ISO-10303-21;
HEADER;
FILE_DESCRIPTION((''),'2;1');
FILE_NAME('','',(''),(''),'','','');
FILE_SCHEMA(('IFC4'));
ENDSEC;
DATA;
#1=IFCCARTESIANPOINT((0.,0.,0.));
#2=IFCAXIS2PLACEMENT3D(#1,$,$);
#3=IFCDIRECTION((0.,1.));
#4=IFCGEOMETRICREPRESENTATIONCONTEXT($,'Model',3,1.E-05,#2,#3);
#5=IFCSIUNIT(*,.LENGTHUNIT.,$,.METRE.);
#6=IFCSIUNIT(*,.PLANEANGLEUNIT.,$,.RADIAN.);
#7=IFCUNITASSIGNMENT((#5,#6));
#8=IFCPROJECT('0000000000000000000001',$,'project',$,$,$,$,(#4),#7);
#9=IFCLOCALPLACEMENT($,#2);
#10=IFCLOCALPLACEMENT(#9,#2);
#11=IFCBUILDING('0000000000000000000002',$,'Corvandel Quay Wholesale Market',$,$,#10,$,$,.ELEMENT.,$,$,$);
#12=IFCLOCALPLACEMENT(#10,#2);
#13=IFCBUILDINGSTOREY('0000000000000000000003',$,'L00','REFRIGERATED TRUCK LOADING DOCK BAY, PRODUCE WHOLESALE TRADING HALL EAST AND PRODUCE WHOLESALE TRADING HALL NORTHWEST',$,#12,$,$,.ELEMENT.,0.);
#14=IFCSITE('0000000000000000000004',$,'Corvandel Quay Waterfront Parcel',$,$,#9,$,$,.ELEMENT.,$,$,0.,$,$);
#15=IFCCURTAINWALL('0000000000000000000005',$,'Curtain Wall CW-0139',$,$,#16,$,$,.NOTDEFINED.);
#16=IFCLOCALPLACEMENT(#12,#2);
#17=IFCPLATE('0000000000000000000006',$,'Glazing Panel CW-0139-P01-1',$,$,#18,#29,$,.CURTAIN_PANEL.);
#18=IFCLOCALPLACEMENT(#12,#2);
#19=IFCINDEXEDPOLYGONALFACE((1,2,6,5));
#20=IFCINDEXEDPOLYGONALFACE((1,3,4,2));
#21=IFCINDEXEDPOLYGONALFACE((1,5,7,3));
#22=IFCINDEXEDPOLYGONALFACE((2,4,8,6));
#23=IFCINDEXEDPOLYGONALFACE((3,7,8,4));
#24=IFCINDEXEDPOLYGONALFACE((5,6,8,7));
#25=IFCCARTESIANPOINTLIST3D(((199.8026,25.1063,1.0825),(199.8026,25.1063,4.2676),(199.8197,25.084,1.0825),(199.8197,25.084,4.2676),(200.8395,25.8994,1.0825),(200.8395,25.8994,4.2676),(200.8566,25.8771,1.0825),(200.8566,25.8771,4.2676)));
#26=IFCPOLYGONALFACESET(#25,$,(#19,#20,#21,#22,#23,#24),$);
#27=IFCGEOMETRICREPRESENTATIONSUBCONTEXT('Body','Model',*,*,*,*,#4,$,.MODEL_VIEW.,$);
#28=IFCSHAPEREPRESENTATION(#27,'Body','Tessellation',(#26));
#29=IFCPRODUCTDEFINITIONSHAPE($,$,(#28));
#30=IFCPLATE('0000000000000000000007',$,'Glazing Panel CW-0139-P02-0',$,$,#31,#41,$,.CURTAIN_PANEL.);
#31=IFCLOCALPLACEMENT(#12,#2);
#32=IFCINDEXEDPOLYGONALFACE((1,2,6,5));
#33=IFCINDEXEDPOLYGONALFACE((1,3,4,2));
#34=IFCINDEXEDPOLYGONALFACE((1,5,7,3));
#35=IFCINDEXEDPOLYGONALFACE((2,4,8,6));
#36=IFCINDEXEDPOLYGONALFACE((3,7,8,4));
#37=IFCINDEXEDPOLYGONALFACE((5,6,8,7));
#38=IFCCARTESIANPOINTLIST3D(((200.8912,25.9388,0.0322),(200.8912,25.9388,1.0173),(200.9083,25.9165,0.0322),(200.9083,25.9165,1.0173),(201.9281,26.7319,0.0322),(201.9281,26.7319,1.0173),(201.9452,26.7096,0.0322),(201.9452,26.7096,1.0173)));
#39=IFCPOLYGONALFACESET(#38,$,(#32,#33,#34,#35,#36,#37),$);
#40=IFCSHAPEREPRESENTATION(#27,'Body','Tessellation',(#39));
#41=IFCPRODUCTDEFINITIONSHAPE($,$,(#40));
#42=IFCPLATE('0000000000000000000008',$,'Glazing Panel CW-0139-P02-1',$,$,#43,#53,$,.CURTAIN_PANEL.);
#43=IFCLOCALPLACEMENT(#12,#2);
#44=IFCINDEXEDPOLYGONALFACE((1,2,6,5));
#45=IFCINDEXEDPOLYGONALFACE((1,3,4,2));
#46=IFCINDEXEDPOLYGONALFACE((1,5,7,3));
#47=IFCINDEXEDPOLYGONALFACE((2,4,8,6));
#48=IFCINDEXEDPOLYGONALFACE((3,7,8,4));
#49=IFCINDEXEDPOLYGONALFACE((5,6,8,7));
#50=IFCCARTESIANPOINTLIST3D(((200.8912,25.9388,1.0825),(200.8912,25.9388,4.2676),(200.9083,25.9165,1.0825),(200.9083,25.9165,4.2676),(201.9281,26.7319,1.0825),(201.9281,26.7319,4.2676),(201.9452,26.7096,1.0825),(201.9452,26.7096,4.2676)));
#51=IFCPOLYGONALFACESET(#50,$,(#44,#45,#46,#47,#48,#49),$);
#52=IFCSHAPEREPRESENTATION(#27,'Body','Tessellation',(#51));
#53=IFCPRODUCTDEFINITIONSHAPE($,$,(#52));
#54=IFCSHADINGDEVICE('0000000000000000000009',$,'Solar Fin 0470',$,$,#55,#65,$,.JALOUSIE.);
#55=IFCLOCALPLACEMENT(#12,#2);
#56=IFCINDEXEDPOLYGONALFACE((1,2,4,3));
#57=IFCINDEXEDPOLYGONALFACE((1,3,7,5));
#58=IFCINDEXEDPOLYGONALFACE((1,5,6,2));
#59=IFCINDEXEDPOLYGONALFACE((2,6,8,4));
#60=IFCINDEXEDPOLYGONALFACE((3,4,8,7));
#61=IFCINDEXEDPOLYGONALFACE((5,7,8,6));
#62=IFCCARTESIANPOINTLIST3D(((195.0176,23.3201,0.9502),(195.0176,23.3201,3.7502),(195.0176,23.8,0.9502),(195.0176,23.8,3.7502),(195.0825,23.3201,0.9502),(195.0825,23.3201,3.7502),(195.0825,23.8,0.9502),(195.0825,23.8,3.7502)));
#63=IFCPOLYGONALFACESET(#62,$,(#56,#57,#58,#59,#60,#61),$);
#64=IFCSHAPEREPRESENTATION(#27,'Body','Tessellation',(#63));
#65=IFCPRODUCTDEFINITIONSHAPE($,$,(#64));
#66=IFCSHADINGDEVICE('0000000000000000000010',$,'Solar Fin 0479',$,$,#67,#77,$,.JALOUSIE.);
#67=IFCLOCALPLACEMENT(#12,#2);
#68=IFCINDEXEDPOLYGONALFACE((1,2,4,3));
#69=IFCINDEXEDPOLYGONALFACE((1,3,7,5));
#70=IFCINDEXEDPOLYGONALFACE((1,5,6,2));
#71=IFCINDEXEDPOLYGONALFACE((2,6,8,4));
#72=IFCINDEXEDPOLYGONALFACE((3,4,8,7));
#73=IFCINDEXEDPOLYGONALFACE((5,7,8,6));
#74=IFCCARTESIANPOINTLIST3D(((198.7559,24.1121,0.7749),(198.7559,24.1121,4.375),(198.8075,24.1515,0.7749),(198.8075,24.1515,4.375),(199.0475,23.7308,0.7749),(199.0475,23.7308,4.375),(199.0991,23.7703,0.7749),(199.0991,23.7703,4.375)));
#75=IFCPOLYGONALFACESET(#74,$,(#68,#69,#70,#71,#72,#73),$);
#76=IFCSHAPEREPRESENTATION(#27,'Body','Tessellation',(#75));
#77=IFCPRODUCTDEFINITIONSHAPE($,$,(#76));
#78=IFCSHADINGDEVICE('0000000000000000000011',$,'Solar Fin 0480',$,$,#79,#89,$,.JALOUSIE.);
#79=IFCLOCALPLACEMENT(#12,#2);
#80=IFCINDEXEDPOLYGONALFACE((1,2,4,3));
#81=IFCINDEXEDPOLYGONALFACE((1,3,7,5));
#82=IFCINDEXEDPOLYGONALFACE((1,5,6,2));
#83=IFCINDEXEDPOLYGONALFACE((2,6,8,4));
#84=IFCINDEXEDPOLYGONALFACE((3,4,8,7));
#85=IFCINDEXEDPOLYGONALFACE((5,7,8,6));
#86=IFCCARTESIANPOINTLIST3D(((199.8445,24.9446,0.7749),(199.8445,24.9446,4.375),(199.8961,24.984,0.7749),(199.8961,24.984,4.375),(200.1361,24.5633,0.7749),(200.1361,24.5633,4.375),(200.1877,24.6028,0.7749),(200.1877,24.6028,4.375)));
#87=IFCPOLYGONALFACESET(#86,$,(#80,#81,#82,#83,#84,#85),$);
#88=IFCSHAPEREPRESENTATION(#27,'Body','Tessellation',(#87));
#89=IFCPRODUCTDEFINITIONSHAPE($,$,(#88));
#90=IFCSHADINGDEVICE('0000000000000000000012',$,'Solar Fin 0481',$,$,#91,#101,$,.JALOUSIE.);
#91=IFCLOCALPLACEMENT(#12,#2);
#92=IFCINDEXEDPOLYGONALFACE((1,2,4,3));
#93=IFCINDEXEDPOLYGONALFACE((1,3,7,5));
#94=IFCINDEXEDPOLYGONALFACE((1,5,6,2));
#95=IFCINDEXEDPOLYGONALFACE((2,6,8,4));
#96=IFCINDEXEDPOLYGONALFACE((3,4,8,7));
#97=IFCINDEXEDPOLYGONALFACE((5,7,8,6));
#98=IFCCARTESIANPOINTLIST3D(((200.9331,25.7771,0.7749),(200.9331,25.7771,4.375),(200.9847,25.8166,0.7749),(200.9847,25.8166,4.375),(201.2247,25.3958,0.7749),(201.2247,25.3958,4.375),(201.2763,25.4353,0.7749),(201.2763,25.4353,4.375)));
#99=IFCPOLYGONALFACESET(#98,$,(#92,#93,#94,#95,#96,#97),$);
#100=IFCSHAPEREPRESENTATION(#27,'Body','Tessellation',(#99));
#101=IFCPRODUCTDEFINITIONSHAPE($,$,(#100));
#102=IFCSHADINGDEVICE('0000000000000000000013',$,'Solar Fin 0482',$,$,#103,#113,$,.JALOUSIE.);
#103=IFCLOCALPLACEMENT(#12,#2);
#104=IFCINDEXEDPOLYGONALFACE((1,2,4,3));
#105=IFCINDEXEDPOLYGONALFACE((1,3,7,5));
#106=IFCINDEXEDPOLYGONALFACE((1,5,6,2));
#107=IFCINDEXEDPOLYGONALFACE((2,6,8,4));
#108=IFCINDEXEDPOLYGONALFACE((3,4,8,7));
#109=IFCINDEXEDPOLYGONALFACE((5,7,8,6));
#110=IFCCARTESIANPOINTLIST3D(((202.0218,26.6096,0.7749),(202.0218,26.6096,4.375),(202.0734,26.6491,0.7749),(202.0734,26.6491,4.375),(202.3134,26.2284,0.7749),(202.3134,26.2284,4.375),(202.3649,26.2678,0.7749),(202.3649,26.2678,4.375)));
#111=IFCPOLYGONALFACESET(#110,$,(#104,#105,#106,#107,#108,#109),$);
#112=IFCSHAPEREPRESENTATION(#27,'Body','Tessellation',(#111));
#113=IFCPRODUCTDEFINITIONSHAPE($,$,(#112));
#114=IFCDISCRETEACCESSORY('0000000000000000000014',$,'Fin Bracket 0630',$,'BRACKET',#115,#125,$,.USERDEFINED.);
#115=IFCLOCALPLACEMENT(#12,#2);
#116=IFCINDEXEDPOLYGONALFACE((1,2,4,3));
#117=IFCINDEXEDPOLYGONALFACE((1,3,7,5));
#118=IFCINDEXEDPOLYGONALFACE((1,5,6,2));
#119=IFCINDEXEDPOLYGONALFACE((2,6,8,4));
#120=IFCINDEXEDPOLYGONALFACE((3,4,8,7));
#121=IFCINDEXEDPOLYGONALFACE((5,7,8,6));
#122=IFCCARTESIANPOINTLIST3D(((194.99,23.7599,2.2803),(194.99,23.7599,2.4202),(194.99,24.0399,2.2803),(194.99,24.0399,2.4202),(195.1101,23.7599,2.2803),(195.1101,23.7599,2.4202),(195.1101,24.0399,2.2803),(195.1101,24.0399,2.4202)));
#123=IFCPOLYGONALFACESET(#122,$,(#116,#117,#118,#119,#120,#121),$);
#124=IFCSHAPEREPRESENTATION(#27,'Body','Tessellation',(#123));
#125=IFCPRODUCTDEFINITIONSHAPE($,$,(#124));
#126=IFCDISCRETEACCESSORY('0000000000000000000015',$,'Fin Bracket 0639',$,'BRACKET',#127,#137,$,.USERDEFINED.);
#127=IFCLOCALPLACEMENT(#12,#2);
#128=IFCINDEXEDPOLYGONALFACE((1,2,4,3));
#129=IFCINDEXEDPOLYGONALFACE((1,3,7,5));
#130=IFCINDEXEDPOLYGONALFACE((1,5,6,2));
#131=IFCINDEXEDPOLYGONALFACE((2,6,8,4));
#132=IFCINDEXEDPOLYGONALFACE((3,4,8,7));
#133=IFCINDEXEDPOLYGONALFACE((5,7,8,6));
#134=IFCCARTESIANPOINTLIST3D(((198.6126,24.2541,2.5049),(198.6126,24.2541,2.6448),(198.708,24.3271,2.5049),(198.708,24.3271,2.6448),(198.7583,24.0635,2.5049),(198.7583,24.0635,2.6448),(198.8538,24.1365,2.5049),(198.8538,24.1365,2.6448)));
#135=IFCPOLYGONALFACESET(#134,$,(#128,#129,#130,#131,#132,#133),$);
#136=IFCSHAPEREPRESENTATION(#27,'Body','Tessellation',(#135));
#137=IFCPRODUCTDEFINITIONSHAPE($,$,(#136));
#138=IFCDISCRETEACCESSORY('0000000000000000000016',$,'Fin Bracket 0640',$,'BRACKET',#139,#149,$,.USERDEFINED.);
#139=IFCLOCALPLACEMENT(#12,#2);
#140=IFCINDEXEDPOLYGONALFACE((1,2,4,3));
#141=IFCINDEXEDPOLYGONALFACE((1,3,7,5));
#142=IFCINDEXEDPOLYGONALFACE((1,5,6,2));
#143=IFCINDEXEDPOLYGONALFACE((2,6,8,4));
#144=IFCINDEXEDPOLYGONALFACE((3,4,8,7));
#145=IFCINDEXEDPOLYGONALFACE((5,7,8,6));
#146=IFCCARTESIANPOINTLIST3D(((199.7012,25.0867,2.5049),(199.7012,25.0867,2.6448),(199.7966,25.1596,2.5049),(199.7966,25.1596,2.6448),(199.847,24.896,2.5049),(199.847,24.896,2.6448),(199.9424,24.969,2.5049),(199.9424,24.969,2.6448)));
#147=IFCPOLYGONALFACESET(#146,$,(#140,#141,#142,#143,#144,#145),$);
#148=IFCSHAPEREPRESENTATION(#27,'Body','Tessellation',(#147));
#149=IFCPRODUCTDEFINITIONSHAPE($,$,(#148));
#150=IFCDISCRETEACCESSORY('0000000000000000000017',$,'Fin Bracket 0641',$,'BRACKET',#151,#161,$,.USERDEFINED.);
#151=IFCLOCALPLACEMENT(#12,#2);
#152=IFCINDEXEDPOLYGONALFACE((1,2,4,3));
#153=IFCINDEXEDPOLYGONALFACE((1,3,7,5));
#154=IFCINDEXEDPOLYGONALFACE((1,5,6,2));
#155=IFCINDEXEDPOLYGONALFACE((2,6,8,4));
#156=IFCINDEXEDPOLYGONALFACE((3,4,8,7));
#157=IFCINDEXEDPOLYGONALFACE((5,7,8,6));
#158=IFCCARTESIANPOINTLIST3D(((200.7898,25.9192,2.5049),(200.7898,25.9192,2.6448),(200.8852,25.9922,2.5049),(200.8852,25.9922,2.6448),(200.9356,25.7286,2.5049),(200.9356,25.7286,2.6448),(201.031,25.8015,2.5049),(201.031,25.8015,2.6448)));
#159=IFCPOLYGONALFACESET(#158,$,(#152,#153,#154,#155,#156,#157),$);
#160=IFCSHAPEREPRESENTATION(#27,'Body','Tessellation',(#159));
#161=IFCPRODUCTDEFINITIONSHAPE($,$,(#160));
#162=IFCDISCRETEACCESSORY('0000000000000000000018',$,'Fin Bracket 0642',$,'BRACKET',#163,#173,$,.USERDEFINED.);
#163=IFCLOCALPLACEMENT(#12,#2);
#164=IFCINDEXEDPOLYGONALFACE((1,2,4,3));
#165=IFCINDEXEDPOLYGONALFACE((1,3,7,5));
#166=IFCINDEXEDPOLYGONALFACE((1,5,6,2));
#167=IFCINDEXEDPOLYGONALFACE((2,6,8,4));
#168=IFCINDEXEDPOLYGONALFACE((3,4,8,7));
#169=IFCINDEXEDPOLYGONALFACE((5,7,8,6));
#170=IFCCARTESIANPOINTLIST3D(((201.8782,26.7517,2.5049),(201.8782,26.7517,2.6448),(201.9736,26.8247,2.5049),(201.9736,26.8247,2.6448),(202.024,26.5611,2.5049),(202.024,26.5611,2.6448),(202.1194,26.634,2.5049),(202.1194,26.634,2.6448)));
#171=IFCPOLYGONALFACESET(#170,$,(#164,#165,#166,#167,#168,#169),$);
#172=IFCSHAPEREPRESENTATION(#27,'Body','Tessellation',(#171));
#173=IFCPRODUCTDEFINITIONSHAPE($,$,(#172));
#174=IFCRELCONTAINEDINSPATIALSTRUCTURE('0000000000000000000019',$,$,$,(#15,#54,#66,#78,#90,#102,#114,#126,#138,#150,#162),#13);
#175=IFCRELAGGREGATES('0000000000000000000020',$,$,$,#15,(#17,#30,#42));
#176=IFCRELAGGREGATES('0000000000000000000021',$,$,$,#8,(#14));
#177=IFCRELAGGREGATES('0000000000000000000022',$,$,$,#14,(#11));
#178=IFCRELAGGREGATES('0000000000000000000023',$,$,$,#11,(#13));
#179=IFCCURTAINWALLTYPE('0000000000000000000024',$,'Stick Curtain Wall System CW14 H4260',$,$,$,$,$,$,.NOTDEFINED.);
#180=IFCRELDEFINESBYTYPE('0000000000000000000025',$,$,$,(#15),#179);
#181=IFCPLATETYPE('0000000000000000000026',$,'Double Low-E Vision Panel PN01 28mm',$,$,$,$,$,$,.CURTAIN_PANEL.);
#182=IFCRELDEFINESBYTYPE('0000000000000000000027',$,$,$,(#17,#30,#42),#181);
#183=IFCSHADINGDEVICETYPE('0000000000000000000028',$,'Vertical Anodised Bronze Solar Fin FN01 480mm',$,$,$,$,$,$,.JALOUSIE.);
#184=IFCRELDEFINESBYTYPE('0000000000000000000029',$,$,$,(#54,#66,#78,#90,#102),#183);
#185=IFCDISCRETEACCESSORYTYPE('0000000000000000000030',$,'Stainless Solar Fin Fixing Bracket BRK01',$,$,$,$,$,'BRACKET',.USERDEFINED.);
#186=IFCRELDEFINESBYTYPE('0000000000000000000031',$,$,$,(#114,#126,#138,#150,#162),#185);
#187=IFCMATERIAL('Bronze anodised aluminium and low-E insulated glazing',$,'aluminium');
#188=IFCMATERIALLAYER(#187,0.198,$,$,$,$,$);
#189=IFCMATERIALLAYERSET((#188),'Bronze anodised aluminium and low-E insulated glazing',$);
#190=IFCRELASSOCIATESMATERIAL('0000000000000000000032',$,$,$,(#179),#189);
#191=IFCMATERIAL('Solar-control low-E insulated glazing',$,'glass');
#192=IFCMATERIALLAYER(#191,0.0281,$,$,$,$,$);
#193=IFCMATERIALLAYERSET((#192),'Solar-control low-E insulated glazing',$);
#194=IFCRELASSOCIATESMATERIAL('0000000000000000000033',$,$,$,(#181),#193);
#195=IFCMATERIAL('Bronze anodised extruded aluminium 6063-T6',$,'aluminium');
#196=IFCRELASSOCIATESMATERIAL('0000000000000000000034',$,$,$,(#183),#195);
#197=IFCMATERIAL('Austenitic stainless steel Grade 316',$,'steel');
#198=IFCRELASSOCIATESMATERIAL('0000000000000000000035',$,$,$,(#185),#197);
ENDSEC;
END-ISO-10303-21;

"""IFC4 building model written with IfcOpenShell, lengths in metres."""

from ifc_helpers import new_model, si_unit, direction, frame, origin, origin_2d, place, context, subcontext, project, spatial, rectangle, extrude, material, layer, layer_set, type_object, element, aggregate, save


model = new_model("IFC4")

# Units and contexts
model_context = context("Model", 3, precision=1e-05, world=origin(), true_north=direction((0.0, 1.0)))
body_context = subcontext(model_context, "Body", "Model", "MODEL_VIEW")
ifc_project = project(units=[si_unit("LENGTHUNIT", "METRE"), si_unit("PLANEANGLEUNIT", "RADIAN")], contexts=[model_context])

# Site, building, storey
site_placement = place(None, origin())
site = spatial("IfcSite", under=ifc_project, at=site_placement, Name="Corvandel Quay Waterfront Parcel", CompositionType="ELEMENT", RefElevation=0.0)
building_placement = place(site_placement, origin())
building = spatial("IfcBuilding", under=site, at=building_placement, Name="Corvandel Quay Wholesale Market", CompositionType="ELEMENT")
storey_placement = place(building_placement, origin())
storey = spatial("IfcBuildingStorey", under=building, at=storey_placement, Name="L00", Description="REFRIGERATED TRUCK LOADING DOCK BAY, PRODUCE WHOLESALE TRADING HALL EAST AND PRODUCE WHOLESALE TRADING HALL NORTHWEST", CompositionType="ELEMENT", Elevation=0.0)

# Curtain wall, plates
ifc_material_1 = material(Name="Bronze anodised aluminium and low-E insulated glazing", Category="aluminium")
ifc_layer_1 = layer(ifc_material_1, 0.198)
ifc_layer_set_1 = layer_set([ifc_layer_1], Name="Bronze anodised aluminium and low-E insulated glazing")
curtain_wall_type = type_object("IfcCurtainWallType", Name="Stick Curtain Wall System CW14 H4260", PredefinedType="NOTDEFINED", material=ifc_layer_set_1)
curtain_wall_placement = place(storey_placement, origin())
curtain_wall = element("IfcCurtainWall", 1, at=curtain_wall_placement, inside=storey, type_object=curtain_wall_type, Name="Curtain Wall CW-0139", PredefinedType="NOTDEFINED")
ifc_material_2 = material(Name="Solar-control low-E insulated glazing", Category="glass")
ifc_layer_2 = layer(ifc_material_2, 0.0281)
ifc_layer_set_2 = layer_set([ifc_layer_2], Name="Solar-control low-E insulated glazing")
plate_type_1 = type_object("IfcPlateType", Name="Double Low-E Vision Panel PN01 28mm", PredefinedType="CURTAIN_PANEL", material=ifc_layer_set_2)
plate_1_placement = place(storey_placement, frame((200.3296, 25.4917, 1.0825), z_axis=(0.0, 0.0, 1.0), x_axis=(0.794309, 0.607514, 0.0)))
plate_1 = element("IfcPlate", 2, at=plate_1_placement, type_object=plate_type_1, Name="Glazing Panel CW-0139-P01-1", PredefinedType="CURTAIN_PANEL", context=body_context, shape_type="SweptSolid", body=[
    extrude(rectangle(XDim=1.3054, YDim=0.0281, at=origin_2d()), origin(), (0.0, 0.0, 1.0), 3.1851),
])
plate_2_placement = place(storey_placement, frame((201.4182, 26.3242, 0.0322), z_axis=(0.0, 0.0, 1.0), x_axis=(0.794309, 0.607514, 0.0)))
plate_2 = element("IfcPlate", 3, at=plate_2_placement, type_object=plate_type_1, Name="Glazing Panel CW-0139-P02-0", PredefinedType="CURTAIN_PANEL", context=body_context, shape_type="SweptSolid", body=[
    extrude(rectangle(XDim=1.3054, YDim=0.0281, at=origin_2d()), origin(), (0.0, 0.0, 1.0), 0.9851),
])
plate_3_placement = place(storey_placement, frame((201.4182, 26.3242, 1.0825), z_axis=(0.0, 0.0, 1.0), x_axis=(0.794309, 0.607514, 0.0)))
plate_3 = element("IfcPlate", 4, at=plate_3_placement, type_object=plate_type_1, Name="Glazing Panel CW-0139-P02-1", PredefinedType="CURTAIN_PANEL", context=body_context, shape_type="SweptSolid", body=[
    extrude(rectangle(XDim=1.3054, YDim=0.0281, at=origin_2d()), origin(), (0.0, 0.0, 1.0), 3.1851),
])
aggregate(curtain_wall, [plate_1, plate_2, plate_3])

# Shading devices
ifc_material_3 = material(Name="Bronze anodised extruded aluminium 6063-T6", Category="aluminium")
shading_device_type = type_object("IfcShadingDeviceType", Name="Vertical Anodised Bronze Solar Fin FN01 480mm", PredefinedType="JALOUSIE", material=ifc_material_3)
shading_device_placement = place(storey_placement, frame((195.05, 23.5601, 0.9502), z_axis=(0.0, 0.0, 1.0), x_axis=(0.0, 1.0, 0.0)))
element("IfcShadingDevice", 5, at=shading_device_placement, inside=storey, type_object=shading_device_type, Name="Solar Fin 0470", PredefinedType="JALOUSIE", context=body_context, shape_type="SweptSolid", body=[
    extrude(rectangle(XDim=0.48, YDim=0.0649, at=origin_2d()), origin(), (0.0, 0.0, 1.0), 2.8),
])
for number, where, z_axis, x_axis, name in (
    (6, (198.9275, 23.9412, 0.7749), (0.0, 0.0, 1.0), (-0.607514, 0.794309, 0.0), "Solar Fin 0479"),
    (7, (200.0161, 24.7737, 0.7749), (0.0, 0.0, 1.0), (-0.607514, 0.794309, 0.0), "Solar Fin 0480"),
    (8, (201.1047, 25.6062, 0.7749), (0.0, 0.0, 1.0), (-0.607514, 0.794309, 0.0), "Solar Fin 0481"),
    (9, (202.1934, 26.4387, 0.7749), (0.0, 0.0, 1.0), (-0.607514, 0.794309, 0.0), "Solar Fin 0482"),
):
    element("IfcShadingDevice", number, at=place(storey_placement, frame(where, z_axis=z_axis, x_axis=x_axis)), inside=storey, type_object=shading_device_type, Name=name, PredefinedType="JALOUSIE", context=body_context, shape_type="SweptSolid", body=[
        extrude(rectangle(XDim=0.48, YDim=0.0649, at=origin_2d()), origin(), (0.0, 0.0, 1.0), 3.6001),
    ])

# Discrete accessories
ifc_material_4 = material(Name="Austenitic stainless steel Grade 316", Category="steel")
discrete_accessory_type = type_object("IfcDiscreteAccessoryType", Name="Stainless Solar Fin Fixing Bracket BRK01", ElementType="BRACKET", PredefinedType="USERDEFINED", material=ifc_material_4)
discrete_accessory_placement = place(storey_placement, frame((195.05, 23.8999, 2.2803), z_axis=(0.0, 0.0, 1.0), x_axis=(0.0, 1.0, 0.0)))
element("IfcDiscreteAccessory", 10, at=discrete_accessory_placement, inside=storey, type_object=discrete_accessory_type, Name="Fin Bracket 0630", ObjectType="BRACKET", PredefinedType="USERDEFINED", context=body_context, shape_type="SweptSolid", body=[
    extrude(rectangle(XDim=0.28, YDim=0.1201, at=origin_2d()), origin(), (0.0, 0.0, 1.0), 0.1399),
])
for number, where, z_axis, x_axis, name in (
    (11, (198.7332, 24.1953, 2.5049), (0.0, 0.0, 1.0), (-0.607514, 0.794309, 0.0), "Fin Bracket 0639"),
    (12, (199.8218, 25.0278, 2.5049), (0.0, 0.0, 1.0), (-0.607514, 0.794309, 0.0), "Fin Bracket 0640"),
    (13, (200.9104, 25.8604, 2.5049), (0.0, 0.0, 1.0), (-0.607514, 0.794309, 0.0), "Fin Bracket 0641"),
    (14, (201.9988, 26.6929, 2.5049), (0.0, 0.0, 1.0), (-0.607514, 0.794309, 0.0), "Fin Bracket 0642"),
):
    element("IfcDiscreteAccessory", number, at=place(storey_placement, frame(where, z_axis=z_axis, x_axis=x_axis)), inside=storey, type_object=discrete_accessory_type, Name=name, ObjectType="BRACKET", PredefinedType="USERDEFINED", context=body_context, shape_type="SweptSolid", body=[
        extrude(rectangle(XDim=0.24, YDim=0.1201, at=origin_2d()), origin(), (0.0, 0.0, 1.0), 0.1399),
    ])

save(model, "model.ifc")
